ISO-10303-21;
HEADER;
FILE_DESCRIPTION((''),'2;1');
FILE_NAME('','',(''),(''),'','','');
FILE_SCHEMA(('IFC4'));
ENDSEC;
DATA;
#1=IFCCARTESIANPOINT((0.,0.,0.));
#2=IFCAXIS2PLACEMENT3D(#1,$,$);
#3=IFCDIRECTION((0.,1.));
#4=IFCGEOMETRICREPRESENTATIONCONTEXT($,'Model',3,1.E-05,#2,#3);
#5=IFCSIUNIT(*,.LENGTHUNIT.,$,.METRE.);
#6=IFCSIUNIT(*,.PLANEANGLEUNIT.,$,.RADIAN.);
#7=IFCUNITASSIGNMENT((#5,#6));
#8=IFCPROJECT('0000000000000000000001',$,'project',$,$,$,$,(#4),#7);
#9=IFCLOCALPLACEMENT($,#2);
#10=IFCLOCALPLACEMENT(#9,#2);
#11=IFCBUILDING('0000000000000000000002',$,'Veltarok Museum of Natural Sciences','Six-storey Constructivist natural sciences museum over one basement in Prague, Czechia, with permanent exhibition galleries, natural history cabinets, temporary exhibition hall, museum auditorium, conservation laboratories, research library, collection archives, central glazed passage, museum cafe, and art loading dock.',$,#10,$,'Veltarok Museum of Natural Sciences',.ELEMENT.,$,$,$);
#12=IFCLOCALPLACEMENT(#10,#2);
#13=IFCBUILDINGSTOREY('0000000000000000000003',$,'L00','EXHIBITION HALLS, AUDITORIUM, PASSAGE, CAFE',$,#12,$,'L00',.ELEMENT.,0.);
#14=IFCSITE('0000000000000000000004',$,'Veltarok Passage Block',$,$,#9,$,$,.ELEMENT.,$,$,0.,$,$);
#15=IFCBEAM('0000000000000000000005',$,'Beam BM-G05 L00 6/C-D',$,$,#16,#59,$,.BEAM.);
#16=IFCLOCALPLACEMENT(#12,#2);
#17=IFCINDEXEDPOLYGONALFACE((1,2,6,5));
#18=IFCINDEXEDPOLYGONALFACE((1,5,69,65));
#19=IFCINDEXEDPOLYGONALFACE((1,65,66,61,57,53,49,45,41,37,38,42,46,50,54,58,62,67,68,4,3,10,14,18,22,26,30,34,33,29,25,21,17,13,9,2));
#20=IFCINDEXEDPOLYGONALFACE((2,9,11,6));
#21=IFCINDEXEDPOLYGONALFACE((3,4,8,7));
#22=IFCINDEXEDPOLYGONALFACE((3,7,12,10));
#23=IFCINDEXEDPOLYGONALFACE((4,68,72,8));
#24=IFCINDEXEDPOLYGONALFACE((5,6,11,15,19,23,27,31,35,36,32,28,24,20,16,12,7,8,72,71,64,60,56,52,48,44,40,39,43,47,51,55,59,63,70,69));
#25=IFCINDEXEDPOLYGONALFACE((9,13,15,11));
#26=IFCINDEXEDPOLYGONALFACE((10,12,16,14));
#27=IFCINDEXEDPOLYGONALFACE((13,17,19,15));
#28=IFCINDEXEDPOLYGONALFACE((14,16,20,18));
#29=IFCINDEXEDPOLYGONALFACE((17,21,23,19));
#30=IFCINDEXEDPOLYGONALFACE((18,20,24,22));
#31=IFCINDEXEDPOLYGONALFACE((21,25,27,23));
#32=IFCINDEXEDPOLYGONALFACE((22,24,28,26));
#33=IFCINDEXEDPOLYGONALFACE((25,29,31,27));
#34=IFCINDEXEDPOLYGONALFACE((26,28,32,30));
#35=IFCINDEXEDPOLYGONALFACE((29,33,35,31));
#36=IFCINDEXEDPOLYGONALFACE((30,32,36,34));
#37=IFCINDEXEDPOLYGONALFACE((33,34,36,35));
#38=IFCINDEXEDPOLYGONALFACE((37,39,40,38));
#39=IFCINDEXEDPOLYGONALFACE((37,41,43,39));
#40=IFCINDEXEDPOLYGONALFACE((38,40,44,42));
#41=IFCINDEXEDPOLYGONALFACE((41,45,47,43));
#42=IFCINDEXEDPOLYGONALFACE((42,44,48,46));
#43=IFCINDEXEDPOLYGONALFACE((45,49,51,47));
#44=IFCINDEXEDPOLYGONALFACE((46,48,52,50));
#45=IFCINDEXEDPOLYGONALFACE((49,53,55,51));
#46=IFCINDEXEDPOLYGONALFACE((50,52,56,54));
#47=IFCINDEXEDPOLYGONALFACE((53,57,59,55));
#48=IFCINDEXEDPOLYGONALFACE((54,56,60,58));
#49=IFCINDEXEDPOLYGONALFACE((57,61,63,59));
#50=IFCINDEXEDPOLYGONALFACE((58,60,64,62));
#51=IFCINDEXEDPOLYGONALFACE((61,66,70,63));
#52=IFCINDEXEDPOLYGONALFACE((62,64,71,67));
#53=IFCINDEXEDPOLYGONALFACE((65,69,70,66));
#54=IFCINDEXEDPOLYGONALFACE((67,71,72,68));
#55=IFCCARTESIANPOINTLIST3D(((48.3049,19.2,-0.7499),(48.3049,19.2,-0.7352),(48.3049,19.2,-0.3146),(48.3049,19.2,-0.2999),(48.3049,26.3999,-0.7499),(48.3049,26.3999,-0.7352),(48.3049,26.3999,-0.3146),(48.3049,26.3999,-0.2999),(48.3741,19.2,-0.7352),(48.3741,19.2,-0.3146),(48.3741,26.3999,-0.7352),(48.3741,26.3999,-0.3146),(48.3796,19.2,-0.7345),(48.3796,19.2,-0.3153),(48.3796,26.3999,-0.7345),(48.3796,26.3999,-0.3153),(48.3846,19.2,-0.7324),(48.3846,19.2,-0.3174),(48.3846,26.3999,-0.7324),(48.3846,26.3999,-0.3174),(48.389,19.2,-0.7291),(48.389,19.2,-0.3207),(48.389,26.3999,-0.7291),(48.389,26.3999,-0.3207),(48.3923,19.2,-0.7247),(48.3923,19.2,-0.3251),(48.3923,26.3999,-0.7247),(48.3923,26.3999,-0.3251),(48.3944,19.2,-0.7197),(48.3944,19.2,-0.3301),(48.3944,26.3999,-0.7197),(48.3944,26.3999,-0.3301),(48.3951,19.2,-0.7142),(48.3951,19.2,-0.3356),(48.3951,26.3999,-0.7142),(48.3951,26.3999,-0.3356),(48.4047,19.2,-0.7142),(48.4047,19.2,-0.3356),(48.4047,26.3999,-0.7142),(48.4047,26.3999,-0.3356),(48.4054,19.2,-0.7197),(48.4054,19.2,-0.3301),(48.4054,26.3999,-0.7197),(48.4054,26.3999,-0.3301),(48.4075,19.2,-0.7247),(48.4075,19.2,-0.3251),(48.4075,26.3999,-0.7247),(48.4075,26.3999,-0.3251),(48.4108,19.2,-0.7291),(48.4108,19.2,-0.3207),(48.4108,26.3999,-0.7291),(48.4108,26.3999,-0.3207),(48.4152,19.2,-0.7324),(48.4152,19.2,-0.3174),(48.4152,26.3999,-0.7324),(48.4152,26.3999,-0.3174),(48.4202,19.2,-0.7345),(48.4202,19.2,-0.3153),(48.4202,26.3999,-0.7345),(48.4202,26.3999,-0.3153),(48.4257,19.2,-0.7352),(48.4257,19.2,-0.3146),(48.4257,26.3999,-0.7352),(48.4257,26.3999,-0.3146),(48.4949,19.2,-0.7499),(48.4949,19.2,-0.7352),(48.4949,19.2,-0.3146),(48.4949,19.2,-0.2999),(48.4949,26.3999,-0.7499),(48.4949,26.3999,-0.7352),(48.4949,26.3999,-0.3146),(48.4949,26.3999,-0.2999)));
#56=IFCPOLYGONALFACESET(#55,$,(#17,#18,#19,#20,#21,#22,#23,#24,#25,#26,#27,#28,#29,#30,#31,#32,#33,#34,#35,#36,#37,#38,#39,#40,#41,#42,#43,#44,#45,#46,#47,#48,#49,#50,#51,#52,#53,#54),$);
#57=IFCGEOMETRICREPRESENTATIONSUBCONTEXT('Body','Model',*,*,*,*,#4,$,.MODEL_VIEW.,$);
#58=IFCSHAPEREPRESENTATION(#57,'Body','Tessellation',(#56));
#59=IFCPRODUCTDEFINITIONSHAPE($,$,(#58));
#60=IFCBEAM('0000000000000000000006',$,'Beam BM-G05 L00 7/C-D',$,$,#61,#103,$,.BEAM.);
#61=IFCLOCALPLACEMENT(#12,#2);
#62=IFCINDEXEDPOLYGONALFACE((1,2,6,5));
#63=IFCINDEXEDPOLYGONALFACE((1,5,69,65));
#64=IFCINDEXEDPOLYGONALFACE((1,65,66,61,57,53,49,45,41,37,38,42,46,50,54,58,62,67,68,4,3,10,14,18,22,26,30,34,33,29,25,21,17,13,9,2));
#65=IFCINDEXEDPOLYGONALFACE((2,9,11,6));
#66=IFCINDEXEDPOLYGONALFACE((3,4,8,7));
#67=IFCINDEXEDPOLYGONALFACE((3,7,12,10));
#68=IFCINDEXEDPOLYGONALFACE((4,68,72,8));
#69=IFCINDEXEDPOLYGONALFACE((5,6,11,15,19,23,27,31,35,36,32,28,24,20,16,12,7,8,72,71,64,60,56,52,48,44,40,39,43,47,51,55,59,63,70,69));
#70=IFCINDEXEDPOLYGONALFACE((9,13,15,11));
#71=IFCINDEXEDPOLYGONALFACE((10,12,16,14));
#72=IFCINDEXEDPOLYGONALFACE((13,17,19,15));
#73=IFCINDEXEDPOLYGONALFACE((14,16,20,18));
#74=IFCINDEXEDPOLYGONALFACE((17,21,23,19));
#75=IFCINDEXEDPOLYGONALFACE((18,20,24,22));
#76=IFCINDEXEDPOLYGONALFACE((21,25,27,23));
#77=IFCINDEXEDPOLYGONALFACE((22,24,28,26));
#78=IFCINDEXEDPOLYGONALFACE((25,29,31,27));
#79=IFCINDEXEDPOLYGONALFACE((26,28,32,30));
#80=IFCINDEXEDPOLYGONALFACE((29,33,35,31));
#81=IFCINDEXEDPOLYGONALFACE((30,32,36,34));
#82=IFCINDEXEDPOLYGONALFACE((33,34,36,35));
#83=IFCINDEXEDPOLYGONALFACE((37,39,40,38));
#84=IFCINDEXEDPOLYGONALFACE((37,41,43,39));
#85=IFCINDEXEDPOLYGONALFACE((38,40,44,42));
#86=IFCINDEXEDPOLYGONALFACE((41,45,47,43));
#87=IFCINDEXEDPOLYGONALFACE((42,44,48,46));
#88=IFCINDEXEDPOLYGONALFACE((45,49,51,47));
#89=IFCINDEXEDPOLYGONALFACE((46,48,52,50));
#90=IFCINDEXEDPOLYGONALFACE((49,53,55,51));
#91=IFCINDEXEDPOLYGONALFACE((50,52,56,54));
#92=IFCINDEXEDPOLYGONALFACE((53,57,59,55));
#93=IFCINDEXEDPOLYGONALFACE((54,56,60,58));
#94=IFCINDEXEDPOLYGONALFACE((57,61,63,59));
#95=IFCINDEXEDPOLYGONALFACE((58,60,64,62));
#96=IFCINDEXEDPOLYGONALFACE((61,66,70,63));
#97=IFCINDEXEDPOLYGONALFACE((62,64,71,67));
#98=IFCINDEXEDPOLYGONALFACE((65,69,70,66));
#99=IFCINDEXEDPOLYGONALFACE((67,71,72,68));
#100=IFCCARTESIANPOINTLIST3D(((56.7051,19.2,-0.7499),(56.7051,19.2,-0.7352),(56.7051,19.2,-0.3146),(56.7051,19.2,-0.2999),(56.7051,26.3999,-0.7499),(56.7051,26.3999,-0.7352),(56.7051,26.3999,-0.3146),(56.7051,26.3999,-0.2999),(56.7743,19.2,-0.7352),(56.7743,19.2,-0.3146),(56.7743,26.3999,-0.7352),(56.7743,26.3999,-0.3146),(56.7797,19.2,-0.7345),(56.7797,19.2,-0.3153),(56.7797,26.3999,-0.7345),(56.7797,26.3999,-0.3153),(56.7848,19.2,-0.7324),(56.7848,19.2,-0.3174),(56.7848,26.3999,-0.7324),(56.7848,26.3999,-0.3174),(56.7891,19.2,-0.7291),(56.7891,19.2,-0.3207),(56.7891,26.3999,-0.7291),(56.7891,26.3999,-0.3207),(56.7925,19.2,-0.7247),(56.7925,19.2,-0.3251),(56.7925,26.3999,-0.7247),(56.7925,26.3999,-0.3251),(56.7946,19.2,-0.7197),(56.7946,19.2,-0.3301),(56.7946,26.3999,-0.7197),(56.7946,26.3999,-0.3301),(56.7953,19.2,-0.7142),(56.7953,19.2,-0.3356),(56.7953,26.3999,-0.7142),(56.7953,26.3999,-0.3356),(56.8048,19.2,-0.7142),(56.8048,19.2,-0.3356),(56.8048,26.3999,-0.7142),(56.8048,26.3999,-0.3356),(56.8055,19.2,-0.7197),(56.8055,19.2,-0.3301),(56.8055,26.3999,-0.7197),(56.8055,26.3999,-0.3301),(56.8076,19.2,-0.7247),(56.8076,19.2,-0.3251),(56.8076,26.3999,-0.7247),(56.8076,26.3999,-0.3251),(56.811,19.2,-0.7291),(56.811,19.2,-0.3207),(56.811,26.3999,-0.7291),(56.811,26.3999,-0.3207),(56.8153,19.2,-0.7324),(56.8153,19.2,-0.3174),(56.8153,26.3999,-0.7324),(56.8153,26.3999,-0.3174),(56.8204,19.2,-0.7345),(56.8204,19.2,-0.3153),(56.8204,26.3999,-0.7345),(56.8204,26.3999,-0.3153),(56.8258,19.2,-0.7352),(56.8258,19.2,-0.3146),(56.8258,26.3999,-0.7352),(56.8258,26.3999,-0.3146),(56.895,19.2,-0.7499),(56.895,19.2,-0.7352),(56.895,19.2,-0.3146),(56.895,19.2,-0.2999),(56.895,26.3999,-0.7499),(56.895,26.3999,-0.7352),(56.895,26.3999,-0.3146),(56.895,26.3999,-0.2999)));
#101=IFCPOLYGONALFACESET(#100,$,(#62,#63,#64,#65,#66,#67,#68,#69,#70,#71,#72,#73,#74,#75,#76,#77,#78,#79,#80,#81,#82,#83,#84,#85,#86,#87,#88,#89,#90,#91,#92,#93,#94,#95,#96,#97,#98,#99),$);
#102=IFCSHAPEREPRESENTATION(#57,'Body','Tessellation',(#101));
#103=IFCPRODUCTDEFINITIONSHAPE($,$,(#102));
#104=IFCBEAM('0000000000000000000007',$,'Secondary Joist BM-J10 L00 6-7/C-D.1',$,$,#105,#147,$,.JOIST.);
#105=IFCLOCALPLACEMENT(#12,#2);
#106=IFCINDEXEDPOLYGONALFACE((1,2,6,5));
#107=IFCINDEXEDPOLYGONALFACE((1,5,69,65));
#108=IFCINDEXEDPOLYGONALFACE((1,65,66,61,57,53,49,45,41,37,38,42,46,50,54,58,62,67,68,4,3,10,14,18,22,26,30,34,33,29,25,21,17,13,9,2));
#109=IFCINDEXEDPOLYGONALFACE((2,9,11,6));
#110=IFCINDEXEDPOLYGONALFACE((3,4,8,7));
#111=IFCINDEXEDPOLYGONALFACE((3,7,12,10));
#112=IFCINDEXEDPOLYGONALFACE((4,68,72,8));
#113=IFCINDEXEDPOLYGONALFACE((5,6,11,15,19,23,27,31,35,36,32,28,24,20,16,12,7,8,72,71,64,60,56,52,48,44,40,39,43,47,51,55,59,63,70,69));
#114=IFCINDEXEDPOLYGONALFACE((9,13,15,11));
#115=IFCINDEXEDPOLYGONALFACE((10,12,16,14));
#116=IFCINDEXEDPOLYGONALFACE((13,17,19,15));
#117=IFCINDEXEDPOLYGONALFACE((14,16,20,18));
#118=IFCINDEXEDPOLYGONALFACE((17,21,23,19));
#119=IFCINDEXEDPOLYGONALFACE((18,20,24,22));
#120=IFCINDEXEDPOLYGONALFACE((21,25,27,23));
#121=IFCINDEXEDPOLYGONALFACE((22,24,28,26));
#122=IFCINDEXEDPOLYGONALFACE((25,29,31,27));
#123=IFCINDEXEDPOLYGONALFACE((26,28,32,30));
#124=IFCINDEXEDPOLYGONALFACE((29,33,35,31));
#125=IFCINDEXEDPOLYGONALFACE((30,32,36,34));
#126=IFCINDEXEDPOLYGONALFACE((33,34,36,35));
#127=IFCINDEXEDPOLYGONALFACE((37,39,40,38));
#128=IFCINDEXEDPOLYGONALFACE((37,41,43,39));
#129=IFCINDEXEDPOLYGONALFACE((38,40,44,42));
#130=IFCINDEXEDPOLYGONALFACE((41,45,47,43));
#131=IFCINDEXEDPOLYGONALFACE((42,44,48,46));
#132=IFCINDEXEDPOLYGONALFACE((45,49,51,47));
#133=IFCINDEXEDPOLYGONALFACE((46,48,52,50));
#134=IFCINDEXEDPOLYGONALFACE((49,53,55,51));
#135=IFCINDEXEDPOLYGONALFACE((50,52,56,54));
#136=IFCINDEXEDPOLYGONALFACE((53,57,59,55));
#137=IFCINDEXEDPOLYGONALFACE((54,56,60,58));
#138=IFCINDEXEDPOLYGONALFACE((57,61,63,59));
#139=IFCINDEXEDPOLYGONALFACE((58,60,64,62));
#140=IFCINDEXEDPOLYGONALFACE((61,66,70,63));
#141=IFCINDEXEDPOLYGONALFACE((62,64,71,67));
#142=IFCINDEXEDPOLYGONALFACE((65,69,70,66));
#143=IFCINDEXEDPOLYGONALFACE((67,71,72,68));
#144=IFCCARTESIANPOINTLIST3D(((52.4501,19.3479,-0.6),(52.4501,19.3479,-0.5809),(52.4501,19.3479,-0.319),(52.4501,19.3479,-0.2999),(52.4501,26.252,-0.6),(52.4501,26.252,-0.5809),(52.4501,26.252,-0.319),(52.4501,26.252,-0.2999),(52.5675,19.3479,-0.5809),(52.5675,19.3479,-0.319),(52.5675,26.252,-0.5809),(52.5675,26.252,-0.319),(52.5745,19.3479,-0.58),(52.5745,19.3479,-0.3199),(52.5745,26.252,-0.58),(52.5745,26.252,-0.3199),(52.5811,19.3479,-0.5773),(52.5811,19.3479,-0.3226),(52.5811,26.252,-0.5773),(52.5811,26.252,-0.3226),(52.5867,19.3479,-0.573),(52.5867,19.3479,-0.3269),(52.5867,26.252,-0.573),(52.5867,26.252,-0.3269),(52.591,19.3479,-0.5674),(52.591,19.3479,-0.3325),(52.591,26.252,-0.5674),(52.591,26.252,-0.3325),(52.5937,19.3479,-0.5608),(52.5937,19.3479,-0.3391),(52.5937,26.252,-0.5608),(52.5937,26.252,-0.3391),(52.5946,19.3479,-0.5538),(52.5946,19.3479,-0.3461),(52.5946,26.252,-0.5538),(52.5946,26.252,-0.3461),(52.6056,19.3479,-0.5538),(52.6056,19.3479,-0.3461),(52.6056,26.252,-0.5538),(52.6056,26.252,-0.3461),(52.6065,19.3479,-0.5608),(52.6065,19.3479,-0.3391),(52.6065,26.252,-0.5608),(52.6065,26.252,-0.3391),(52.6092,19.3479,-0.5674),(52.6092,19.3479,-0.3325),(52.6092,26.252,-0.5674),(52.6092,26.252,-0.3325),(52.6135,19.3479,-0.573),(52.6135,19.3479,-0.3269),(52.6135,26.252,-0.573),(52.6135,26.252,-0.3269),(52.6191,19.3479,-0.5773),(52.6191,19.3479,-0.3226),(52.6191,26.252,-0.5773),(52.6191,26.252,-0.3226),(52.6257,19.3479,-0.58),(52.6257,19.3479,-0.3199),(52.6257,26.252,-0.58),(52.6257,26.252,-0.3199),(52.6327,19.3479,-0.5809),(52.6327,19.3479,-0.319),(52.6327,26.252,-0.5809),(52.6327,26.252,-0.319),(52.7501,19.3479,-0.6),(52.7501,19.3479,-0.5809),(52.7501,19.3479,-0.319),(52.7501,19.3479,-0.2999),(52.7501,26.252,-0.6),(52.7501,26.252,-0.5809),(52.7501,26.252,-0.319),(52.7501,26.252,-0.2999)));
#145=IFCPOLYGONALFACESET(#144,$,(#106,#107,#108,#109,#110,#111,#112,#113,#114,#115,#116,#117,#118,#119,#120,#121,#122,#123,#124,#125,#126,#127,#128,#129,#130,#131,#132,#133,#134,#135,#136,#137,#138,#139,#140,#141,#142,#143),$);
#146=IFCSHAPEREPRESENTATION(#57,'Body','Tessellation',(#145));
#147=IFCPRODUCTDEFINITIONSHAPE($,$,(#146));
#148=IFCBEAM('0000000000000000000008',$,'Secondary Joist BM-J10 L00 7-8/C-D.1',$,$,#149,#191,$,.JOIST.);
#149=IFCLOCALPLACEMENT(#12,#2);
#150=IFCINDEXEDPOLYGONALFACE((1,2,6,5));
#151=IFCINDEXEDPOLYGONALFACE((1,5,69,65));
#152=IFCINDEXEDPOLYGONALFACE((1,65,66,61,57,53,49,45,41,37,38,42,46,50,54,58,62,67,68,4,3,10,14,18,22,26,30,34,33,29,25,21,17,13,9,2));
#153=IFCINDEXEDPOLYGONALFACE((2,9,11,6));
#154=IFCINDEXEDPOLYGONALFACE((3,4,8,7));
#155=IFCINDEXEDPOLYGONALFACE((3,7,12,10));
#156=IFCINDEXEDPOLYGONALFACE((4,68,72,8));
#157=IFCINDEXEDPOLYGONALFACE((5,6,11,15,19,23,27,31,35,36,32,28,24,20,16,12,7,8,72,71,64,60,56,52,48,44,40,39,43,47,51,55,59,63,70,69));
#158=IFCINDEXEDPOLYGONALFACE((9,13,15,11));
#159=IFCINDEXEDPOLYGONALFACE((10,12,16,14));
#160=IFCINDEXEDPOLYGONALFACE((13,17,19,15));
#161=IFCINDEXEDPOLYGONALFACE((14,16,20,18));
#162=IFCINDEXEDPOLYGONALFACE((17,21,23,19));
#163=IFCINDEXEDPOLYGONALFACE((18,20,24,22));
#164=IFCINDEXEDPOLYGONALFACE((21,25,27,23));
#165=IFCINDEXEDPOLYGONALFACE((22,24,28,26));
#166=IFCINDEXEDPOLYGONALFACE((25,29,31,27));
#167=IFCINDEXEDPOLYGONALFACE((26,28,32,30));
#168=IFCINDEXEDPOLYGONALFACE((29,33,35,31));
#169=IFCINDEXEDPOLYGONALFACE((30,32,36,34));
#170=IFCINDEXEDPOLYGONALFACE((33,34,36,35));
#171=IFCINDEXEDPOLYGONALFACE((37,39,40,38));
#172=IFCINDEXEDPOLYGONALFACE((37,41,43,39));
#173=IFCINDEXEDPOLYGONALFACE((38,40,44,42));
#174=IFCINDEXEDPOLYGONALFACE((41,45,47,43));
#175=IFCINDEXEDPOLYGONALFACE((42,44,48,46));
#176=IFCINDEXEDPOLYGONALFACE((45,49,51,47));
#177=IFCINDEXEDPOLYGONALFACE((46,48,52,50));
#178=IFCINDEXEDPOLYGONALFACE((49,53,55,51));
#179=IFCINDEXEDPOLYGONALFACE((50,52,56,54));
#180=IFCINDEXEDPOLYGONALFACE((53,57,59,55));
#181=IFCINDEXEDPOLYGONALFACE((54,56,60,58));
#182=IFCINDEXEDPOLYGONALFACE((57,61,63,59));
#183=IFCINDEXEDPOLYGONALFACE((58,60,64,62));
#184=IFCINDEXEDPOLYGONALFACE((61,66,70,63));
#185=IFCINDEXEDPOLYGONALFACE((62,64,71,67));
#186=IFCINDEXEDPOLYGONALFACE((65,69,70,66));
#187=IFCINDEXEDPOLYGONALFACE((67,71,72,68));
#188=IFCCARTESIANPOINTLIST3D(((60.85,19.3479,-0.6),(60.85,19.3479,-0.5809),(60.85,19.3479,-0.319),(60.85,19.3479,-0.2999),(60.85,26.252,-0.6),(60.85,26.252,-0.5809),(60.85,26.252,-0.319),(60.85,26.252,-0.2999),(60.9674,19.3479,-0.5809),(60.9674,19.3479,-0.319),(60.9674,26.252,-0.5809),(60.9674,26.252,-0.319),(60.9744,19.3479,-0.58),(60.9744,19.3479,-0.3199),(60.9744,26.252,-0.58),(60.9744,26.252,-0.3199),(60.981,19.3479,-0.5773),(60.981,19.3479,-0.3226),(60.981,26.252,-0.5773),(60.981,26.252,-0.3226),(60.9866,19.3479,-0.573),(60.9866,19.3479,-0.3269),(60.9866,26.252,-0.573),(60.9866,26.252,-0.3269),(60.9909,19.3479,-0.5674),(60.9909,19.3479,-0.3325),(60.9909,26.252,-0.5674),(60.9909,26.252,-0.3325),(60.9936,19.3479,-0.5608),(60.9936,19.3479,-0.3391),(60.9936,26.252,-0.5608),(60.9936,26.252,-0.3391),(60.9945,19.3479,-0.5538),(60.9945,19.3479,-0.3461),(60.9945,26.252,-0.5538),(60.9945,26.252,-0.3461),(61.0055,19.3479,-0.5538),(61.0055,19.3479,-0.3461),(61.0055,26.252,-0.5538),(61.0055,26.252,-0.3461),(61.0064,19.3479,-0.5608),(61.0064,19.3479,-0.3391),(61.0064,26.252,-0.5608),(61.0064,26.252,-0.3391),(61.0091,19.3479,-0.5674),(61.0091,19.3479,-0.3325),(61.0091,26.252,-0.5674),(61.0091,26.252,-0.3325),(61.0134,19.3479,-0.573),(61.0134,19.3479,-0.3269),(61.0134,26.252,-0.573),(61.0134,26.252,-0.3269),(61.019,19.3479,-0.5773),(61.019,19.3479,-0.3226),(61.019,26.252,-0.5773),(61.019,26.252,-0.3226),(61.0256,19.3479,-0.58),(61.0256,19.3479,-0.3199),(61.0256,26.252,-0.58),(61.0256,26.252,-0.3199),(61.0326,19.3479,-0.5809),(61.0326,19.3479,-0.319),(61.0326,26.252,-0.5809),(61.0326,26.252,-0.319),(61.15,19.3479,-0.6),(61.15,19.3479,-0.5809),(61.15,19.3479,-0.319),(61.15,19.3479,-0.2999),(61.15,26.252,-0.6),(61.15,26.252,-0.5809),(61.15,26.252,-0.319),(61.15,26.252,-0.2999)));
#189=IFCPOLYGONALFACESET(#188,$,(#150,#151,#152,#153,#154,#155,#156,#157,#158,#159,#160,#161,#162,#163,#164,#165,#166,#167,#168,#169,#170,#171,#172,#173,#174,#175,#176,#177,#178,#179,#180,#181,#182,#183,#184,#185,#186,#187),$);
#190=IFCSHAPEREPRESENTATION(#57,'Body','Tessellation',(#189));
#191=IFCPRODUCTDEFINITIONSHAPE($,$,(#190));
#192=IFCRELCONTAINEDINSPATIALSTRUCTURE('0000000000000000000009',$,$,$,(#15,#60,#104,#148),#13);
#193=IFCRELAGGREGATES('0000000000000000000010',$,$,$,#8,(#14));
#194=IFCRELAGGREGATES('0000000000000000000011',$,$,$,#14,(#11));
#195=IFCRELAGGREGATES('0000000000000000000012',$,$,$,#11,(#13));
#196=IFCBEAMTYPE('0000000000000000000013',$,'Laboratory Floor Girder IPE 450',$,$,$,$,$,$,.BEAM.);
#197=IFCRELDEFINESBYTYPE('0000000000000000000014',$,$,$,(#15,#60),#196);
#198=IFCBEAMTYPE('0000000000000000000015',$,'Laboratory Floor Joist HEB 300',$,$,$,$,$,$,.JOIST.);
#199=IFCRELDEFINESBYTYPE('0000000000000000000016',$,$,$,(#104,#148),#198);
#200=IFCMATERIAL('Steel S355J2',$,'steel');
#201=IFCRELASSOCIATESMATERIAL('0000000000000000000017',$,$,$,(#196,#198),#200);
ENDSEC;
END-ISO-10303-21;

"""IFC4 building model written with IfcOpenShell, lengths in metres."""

from ifc_helpers import new_model, si_unit, direction, frame, origin, origin_2d, place, context, subcontext, project, spatial, i_section, extrude, material, material_profile, profile_set, type_object, element, save


model = new_model("IFC4")

# Units and contexts
model_context = context("Model", 3, precision=1e-05, world=origin(), true_north=direction((0.0, 1.0)))
body_context = subcontext(model_context, "Body", "Model", "MODEL_VIEW")
ifc_project = project(units=[si_unit("LENGTHUNIT", "METRE"), si_unit("PLANEANGLEUNIT", "RADIAN")], contexts=[model_context])

# Site, building, storey
site_placement = place(None, origin())
site = spatial("IfcSite", under=ifc_project, at=site_placement, Name="Veltarok Passage Block", CompositionType="ELEMENT", RefElevation=0.0)
building_placement = place(site_placement, origin())
building = spatial("IfcBuilding", under=site, at=building_placement, Name="Veltarok Museum of Natural Sciences", Description="Six-storey Constructivist natural sciences museum over one basement in Prague, Czechia, with permanent exhibition galleries, natural history cabinets, temporary exhibition hall, museum auditorium, conservation laboratories, research library, collection archives, central glazed passage, museum cafe, and art loading dock.", LongName="Veltarok Museum of Natural Sciences", CompositionType="ELEMENT")
storey_placement = place(building_placement, origin())
storey = spatial("IfcBuildingStorey", under=building, at=storey_placement, Name="L00", Description="EXHIBITION HALLS, AUDITORIUM, PASSAGE, CAFE", LongName="L00", CompositionType="ELEMENT", Elevation=0.0)

# Shared definitions
ifc_material_1 = material(Name="Steel S355J2", Category="steel")

# Beams
ifc_material_profile_1 = material_profile(ifc_material_1, i_section(OverallWidth=0.1899, OverallDepth=0.45, WebThickness=0.0095, FlangeThickness=0.0146, FilletRadius=0.021, at=origin_2d()), Name="IPE 450")
ifc_profile_set_1 = profile_set([ifc_material_profile_1], Name="Steel S355J2")
beam_type_1 = type_object("IfcBeamType", Name="Laboratory Floor Girder IPE 450", PredefinedType="BEAM", material=ifc_profile_set_1)
for number, where, z_axis, x_axis, name in (
    (1, (48.3999, 19.2, -0.5249), (0.0, 1.0, 0.0), (-1.0, 0.0, 0.0), "Beam BM-G05 L00 6/C-D"),
    (2, (56.8, 19.2, -0.5249), (0.0, 1.0, 0.0), (-1.0, 0.0, 0.0), "Beam BM-G05 L00 7/C-D"),
):
    element("IfcBeam", number, at=place(storey_placement, frame(where, z_axis=z_axis, x_axis=x_axis)), inside=storey, type_object=beam_type_1, Name=name, PredefinedType="BEAM", context=body_context, shape_type="SweptSolid", body=[
        extrude(i_section(OverallWidth=0.1899, OverallDepth=0.45, WebThickness=0.0095, FlangeThickness=0.0146, FilletRadius=0.021, at=origin_2d()), origin(), (0.0, 0.0, 1.0), 7.2),
    ])
ifc_material_profile_2 = material_profile(ifc_material_1, i_section(OverallWidth=0.3, OverallDepth=0.3, WebThickness=0.011, FlangeThickness=0.019, FilletRadius=0.0271, at=origin_2d()), Name="HEB 300")
ifc_profile_set_2 = profile_set([ifc_material_profile_2], Name="Steel S355J2")
beam_type_2 = type_object("IfcBeamType", Name="Laboratory Floor Joist HEB 300", PredefinedType="JOIST", material=ifc_profile_set_2)
for number, where, z_axis, x_axis, name in (
    (3, (52.6001, 19.3479, -0.45), (0.0, 1.0, 0.0), (-1.0, 0.0, 0.0), "Secondary Joist BM-J10 L00 6-7/C-D.1"),
    (4, (61.0, 19.3479, -0.45), (0.0, 1.0, 0.0), (-1.0, 0.0, 0.0), "Secondary Joist BM-J10 L00 7-8/C-D.1"),
):
    element("IfcBeam", number, at=place(storey_placement, frame(where, z_axis=z_axis, x_axis=x_axis)), inside=storey, type_object=beam_type_2, Name=name, PredefinedType="JOIST", context=body_context, shape_type="SweptSolid", body=[
        extrude(i_section(OverallWidth=0.3, OverallDepth=0.3, WebThickness=0.011, FlangeThickness=0.019, FilletRadius=0.0271, at=origin_2d()), origin(), (0.0, 0.0, 1.0), 6.9041),
    ])

save(model, "model.ifc")
